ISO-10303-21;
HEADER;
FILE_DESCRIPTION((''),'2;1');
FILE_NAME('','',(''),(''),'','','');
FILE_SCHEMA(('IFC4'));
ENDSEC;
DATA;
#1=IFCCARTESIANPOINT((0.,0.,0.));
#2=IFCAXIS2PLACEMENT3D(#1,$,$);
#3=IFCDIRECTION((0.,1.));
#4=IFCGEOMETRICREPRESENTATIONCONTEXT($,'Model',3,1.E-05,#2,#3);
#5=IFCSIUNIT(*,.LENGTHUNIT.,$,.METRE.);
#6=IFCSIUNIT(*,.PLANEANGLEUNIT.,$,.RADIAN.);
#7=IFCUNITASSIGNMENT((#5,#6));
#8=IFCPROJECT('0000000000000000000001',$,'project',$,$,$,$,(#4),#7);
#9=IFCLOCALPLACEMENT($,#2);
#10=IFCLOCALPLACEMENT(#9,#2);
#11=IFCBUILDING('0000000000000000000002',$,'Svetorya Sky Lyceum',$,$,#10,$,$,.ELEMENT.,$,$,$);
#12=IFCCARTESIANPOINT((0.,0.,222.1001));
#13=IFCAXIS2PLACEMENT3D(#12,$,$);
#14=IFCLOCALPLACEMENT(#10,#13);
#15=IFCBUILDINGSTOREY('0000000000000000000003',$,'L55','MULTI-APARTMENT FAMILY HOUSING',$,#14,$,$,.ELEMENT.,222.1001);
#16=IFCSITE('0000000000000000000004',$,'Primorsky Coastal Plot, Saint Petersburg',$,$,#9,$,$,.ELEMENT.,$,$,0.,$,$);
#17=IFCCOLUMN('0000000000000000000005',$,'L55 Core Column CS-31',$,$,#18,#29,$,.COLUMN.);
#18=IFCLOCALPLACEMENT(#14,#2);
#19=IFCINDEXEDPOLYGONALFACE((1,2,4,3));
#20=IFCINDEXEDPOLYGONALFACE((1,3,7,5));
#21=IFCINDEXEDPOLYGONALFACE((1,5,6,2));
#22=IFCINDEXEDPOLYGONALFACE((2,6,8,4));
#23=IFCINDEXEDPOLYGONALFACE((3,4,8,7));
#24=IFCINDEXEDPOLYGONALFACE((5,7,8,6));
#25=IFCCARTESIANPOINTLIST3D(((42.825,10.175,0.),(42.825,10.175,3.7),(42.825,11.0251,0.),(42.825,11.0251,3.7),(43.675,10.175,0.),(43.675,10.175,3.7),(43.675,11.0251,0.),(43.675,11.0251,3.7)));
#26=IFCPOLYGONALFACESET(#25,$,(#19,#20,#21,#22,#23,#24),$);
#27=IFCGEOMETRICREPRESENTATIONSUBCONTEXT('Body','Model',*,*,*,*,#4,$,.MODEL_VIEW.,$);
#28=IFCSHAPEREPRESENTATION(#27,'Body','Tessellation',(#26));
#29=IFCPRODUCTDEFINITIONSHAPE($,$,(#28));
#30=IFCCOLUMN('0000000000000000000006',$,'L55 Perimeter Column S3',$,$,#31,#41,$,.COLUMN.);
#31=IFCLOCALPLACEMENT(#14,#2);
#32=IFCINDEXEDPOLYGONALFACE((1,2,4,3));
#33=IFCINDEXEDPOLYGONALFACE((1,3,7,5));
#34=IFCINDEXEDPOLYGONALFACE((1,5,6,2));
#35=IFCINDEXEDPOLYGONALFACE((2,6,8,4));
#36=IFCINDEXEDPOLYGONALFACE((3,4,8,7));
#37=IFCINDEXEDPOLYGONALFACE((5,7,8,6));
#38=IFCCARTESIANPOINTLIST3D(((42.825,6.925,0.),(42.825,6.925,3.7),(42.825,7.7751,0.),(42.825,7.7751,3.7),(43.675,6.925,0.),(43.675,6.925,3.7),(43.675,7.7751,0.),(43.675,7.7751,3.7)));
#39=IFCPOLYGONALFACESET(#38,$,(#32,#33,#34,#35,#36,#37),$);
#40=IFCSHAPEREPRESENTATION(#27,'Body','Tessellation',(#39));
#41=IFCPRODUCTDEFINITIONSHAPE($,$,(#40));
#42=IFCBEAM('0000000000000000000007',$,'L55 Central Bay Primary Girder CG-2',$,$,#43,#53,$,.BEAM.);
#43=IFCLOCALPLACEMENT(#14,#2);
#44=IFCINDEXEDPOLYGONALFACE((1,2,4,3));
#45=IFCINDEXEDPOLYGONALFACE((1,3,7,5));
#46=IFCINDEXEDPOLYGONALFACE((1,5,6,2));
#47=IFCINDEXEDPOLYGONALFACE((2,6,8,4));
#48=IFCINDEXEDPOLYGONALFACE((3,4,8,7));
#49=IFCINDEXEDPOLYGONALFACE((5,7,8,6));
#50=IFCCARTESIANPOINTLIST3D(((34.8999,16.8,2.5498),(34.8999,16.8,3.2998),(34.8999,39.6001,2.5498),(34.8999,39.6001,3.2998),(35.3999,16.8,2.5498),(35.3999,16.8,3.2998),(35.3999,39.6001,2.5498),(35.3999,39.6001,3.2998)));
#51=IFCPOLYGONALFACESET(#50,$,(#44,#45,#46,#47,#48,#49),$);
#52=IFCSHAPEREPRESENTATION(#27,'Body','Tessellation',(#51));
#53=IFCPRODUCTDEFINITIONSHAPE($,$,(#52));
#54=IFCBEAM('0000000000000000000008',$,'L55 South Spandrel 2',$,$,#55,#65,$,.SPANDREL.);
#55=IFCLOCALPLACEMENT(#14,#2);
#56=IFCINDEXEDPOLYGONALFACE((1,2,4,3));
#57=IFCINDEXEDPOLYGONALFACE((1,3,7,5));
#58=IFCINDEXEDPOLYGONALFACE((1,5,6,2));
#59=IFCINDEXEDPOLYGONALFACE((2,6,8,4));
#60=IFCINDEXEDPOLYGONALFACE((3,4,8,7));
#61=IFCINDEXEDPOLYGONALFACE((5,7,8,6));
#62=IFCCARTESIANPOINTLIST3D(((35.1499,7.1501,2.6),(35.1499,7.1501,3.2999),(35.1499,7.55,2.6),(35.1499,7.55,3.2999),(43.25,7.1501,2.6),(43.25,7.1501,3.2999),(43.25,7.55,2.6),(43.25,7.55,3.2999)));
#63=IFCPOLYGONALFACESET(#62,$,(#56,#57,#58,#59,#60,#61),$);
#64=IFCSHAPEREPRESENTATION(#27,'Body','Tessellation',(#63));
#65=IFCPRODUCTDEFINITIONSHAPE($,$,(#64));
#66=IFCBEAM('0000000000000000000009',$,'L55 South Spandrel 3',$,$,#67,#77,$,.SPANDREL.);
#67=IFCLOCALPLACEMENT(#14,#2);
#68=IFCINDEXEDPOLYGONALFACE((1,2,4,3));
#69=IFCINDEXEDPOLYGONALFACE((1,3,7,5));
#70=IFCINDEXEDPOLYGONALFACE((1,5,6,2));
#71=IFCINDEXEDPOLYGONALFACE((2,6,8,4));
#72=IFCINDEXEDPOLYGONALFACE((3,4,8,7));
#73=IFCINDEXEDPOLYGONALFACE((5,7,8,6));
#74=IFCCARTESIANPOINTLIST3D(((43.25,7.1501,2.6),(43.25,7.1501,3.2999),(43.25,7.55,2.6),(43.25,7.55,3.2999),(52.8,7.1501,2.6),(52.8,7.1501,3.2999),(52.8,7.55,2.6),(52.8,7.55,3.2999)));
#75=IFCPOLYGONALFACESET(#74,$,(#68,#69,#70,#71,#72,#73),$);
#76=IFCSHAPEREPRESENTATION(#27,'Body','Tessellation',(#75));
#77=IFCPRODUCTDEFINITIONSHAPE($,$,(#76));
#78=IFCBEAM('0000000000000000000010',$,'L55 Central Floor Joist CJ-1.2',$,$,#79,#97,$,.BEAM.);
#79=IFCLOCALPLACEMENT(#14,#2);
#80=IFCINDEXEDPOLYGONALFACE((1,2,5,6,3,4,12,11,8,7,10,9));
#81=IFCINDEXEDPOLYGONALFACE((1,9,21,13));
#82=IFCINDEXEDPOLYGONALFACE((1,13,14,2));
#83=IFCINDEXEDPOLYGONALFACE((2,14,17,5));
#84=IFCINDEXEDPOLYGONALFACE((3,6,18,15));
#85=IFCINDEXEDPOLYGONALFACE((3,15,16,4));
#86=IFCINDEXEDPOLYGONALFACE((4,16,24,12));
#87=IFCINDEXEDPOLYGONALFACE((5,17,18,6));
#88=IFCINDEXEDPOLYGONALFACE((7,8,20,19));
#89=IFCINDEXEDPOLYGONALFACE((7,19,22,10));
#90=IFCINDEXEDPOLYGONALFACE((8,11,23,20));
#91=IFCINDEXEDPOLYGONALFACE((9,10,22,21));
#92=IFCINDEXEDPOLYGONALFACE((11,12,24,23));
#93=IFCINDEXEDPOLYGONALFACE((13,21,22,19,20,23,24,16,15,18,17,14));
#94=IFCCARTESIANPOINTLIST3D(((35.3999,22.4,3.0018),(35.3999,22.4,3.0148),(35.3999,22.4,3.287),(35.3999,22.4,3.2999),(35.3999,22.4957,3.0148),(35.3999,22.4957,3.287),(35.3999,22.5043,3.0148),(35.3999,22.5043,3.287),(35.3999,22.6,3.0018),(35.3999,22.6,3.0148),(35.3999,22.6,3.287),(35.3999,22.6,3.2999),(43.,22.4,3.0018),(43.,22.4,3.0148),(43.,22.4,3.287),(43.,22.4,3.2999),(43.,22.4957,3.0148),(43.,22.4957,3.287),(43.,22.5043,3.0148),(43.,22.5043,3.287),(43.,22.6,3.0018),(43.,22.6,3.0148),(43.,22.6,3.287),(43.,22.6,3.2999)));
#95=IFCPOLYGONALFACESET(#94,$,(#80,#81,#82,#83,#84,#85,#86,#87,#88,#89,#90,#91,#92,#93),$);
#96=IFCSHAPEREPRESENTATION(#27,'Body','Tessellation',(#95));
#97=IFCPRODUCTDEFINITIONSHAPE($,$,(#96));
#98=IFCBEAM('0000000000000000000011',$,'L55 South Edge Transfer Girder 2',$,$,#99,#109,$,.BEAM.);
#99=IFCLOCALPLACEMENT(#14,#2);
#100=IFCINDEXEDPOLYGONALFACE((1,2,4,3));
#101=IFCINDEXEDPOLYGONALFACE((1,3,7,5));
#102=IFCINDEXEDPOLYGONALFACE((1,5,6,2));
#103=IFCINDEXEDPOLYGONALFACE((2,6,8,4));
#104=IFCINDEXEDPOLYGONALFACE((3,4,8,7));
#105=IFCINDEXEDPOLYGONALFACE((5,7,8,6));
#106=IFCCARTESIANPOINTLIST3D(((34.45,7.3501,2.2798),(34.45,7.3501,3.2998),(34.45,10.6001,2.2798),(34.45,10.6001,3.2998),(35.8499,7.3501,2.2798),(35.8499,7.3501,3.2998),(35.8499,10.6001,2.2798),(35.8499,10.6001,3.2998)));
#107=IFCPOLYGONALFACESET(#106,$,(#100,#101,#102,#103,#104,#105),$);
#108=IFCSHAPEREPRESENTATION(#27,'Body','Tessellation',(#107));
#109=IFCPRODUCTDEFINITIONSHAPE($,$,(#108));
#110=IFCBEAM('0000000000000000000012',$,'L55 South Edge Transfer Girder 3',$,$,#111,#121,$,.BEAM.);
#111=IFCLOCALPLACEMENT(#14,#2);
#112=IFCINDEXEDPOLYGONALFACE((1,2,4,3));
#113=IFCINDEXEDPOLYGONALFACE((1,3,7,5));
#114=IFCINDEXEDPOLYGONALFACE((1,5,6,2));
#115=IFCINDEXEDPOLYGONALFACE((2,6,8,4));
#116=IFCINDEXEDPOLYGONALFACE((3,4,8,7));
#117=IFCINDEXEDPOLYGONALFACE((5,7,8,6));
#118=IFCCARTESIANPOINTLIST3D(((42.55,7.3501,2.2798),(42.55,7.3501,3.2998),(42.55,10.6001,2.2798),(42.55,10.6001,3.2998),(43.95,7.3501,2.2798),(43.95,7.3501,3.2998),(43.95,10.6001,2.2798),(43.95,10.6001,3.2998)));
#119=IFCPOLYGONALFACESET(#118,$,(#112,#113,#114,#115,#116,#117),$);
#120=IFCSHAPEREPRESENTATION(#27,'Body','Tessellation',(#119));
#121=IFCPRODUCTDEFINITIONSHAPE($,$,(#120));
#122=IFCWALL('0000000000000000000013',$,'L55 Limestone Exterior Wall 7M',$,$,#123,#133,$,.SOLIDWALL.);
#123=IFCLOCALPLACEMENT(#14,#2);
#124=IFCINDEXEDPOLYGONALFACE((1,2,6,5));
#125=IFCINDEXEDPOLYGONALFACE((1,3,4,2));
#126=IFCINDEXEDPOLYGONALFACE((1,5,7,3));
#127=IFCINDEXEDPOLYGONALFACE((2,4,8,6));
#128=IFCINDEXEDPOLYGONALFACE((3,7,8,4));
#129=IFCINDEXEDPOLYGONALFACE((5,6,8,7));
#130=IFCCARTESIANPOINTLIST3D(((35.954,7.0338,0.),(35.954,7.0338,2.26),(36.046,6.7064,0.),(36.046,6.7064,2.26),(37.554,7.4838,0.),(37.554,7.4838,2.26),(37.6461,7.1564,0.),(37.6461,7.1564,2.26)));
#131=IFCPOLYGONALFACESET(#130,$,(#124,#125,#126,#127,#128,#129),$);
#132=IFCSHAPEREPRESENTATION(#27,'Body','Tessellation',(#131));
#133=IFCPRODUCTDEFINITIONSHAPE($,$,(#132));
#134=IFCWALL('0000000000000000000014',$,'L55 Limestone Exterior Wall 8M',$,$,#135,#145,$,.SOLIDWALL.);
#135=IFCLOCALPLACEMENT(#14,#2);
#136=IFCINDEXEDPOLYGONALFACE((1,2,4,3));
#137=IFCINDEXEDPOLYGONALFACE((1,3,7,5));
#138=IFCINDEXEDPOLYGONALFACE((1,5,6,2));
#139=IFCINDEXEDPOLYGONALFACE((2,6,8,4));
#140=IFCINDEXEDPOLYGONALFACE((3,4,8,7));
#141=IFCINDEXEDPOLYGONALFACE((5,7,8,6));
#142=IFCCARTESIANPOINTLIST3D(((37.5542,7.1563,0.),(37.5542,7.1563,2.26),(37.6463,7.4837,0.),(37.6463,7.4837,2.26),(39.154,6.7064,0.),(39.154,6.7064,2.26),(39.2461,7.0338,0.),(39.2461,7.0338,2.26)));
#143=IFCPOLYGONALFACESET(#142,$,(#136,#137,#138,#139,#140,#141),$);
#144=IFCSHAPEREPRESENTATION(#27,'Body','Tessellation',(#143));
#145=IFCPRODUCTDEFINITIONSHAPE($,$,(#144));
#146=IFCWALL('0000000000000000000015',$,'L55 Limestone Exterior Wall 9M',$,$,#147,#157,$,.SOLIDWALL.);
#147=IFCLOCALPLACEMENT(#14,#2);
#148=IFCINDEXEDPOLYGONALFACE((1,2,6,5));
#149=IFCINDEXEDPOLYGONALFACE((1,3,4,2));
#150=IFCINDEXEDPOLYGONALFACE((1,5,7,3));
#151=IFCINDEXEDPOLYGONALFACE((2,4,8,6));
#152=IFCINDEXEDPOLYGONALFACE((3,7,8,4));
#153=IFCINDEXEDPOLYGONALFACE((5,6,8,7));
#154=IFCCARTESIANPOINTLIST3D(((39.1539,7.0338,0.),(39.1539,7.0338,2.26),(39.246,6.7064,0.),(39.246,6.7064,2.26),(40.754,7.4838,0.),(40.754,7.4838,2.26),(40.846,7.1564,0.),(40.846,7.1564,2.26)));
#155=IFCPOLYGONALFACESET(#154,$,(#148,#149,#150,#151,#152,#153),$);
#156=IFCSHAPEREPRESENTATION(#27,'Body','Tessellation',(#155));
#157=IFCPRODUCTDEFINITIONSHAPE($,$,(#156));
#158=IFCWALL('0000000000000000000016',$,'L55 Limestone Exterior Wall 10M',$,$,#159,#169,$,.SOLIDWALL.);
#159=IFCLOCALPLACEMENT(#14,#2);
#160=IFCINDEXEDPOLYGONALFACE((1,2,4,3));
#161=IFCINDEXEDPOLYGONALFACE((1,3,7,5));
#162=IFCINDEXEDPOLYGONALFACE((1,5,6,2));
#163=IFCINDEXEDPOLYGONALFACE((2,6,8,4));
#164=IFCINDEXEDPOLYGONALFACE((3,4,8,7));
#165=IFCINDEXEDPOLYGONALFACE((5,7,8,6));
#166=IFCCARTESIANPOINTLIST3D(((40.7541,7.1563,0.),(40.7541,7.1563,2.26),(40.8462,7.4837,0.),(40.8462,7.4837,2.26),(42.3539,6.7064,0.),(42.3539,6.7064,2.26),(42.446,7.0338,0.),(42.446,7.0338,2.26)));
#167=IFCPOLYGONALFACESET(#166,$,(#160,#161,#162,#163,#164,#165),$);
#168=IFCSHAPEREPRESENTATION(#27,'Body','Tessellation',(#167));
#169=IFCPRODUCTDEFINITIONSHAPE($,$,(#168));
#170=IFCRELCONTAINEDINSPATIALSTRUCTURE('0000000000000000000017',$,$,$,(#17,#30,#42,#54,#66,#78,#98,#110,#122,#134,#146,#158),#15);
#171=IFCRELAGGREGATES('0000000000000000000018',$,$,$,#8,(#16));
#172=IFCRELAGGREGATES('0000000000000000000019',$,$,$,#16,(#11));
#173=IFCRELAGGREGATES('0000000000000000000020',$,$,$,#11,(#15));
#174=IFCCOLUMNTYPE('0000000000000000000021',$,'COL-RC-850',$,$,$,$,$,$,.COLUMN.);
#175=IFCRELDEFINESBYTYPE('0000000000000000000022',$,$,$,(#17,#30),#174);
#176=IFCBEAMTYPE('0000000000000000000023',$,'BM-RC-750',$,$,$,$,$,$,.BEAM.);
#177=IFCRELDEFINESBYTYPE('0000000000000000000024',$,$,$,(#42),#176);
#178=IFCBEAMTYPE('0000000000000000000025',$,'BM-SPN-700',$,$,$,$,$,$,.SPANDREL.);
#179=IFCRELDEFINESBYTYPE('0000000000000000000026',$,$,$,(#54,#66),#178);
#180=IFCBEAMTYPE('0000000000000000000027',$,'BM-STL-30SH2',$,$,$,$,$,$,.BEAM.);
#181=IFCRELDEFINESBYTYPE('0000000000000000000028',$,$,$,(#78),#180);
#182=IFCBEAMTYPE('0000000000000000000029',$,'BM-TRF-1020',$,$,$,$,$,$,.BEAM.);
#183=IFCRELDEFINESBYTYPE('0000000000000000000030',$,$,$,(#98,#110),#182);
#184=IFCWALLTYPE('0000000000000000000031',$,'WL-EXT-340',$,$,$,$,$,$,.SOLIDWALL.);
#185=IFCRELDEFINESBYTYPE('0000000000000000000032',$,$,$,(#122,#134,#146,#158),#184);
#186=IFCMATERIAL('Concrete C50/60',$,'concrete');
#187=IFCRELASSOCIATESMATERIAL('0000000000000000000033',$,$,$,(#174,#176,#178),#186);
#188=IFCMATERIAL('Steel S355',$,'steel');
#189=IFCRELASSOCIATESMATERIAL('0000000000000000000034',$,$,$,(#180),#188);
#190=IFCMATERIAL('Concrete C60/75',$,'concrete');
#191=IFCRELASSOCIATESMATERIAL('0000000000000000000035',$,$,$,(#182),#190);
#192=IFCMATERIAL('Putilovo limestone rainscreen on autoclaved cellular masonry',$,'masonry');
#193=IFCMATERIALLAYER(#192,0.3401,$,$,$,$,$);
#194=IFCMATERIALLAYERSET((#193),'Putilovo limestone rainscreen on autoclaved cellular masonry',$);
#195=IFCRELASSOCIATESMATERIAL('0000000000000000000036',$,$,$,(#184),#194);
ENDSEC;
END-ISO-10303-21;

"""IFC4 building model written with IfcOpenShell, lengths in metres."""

from ifc_helpers import new_model, si_unit, direction, frame, frame_2d, origin, origin_2d, place, context, subcontext, project, spatial, rectangle, i_section, extrude, material, layer, layer_set, material_profile, profile_set, type_object, element, save


model = new_model("IFC4")

# Units and contexts
model_context = context("Model", 3, precision=1e-05, world=origin(), true_north=direction((0.0, 1.0)))
body_context = subcontext(model_context, "Body", "Model", "MODEL_VIEW")
ifc_project = project(units=[si_unit("LENGTHUNIT", "METRE"), si_unit("PLANEANGLEUNIT", "RADIAN")], contexts=[model_context])

# Site, building, storey
site_placement = place(None, origin())
site = spatial("IfcSite", under=ifc_project, at=site_placement, Name="Primorsky Coastal Plot, Saint Petersburg", CompositionType="ELEMENT", RefElevation=0.0)
building_placement = place(site_placement, origin())
building = spatial("IfcBuilding", under=site, at=building_placement, Name="Svetorya Sky Lyceum", CompositionType="ELEMENT")
storey_placement = place(building_placement, frame((0.0, 0.0, 222.1001)))
storey = spatial("IfcBuildingStorey", under=building, at=storey_placement, Name="L55", Description="MULTI-APARTMENT FAMILY HOUSING", CompositionType="ELEMENT", Elevation=222.1001)

# Columns
ifc_material_1 = material(Name="Concrete C50/60", Category="concrete")
ifc_material_profile_1 = material_profile(ifc_material_1, rectangle(XDim=0.8501, YDim=0.8501, at=origin_2d()), Name="RC COL 850x850")
ifc_profile_set_1 = profile_set([ifc_material_profile_1], Name="Concrete C50/60")
column_type = type_object("IfcColumnType", Name="COL-RC-850", PredefinedType="COLUMN", material=ifc_profile_set_1)
for number, where, z_axis, x_axis, name in (
    (1, (43.25, 10.6001, 0.0), (0.0, 0.0, 1.0), (1.0, 0.0, 0.0), "L55 Core Column CS-31"),
    (2, (43.25, 7.3501, 0.0), (0.0, 0.0, 1.0), (1.0, 0.0, 0.0), "L55 Perimeter Column S3"),
):
    element("IfcColumn", number, at=place(storey_placement, frame(where, z_axis=z_axis, x_axis=x_axis)), inside=storey, type_object=column_type, Name=name, PredefinedType="COLUMN", context=body_context, shape_type="SweptSolid", body=[
        extrude(rectangle(XDim=0.8501, YDim=0.8501, at=origin_2d()), origin(), (0.0, 0.0, 1.0), 3.7),
    ])

# Beams
ifc_material_profile_2 = material_profile(ifc_material_1, rectangle(XDim=0.5, YDim=0.75, at=origin_2d()), Name="RC BEAM 500x750")
ifc_profile_set_2 = profile_set([ifc_material_profile_2], Name="Concrete C50/60")
beam_type_1 = type_object("IfcBeamType", Name="BM-RC-750", PredefinedType="BEAM", material=ifc_profile_set_2)
beam_1_placement = place(storey_placement, frame((35.1499, 16.8, 2.9248), z_axis=(0.0, 1.0, 0.0), x_axis=(-1.0, 0.0, 0.0)))
element("IfcBeam", 3, at=beam_1_placement, inside=storey, type_object=beam_type_1, Name="L55 Central Bay Primary Girder CG-2", PredefinedType="BEAM", context=body_context, shape_type="SweptSolid", body=[
    extrude(rectangle(XDim=0.5, YDim=0.75, at=origin_2d()), origin(), (0.0, 0.0, 1.0), 22.8),
])
ifc_material_profile_3 = material_profile(ifc_material_1, rectangle(XDim=0.3999, YDim=0.7, at=origin_2d()), Name="RC SPANDREL 400x700")
ifc_profile_set_3 = profile_set([ifc_material_profile_3], Name="Concrete C50/60")
beam_type_2 = type_object("IfcBeamType", Name="BM-SPN-700", PredefinedType="SPANDREL", material=ifc_profile_set_3)
beam_2_placement = place(storey_placement, frame((35.1499, 7.3501, 2.95), z_axis=(1.0, 0.0, 0.0), x_axis=(0.0, 1.0, 0.0)))
element("IfcBeam", 4, at=beam_2_placement, inside=storey, type_object=beam_type_2, Name="L55 South Spandrel 2", PredefinedType="SPANDREL", context=body_context, shape_type="SweptSolid", body=[
    extrude(rectangle(XDim=0.3999, YDim=0.7, at=origin_2d()), origin(), (0.0, 0.0, 1.0), 8.1001),
])
beam_3_placement = place(storey_placement, frame((43.25, 7.3501, 2.95), z_axis=(1.0, 0.0, 0.0), x_axis=(0.0, 1.0, 0.0)))
element("IfcBeam", 5, at=beam_3_placement, inside=storey, type_object=beam_type_2, Name="L55 South Spandrel 3", PredefinedType="SPANDREL", context=body_context, shape_type="SweptSolid", body=[
    extrude(rectangle(XDim=0.3999, YDim=0.7, at=origin_2d()), origin(), (0.0, 0.0, 1.0), 9.55),
])
ifc_material_2 = material(Name="Steel S355", Category="steel")
ifc_material_profile_4 = material_profile(ifc_material_2, i_section(OverallWidth=0.2, OverallDepth=0.2981, WebThickness=0.0085, FlangeThickness=0.0129, at=origin_2d()), Name="GOST 30Sh2")
ifc_profile_set_4 = profile_set([ifc_material_profile_4], Name="Steel S355")
beam_type_3 = type_object("IfcBeamType", Name="BM-STL-30SH2", PredefinedType="BEAM", material=ifc_profile_set_4)
beam_4_placement = place(storey_placement, frame((35.3999, 22.5, 3.1509), z_axis=(1.0, 0.0, 0.0), x_axis=(0.0, 1.0, 0.0)))
element("IfcBeam", 6, at=beam_4_placement, inside=storey, type_object=beam_type_3, Name="L55 Central Floor Joist CJ-1.2", PredefinedType="BEAM", context=body_context, shape_type="SweptSolid", body=[
    extrude(i_section(OverallWidth=0.2, OverallDepth=0.2981, WebThickness=0.0085, FlangeThickness=0.0129, at=origin_2d()), origin(), (0.0, 0.0, 1.0), 7.6001),
])
ifc_material_3 = material(Name="Concrete C60/75", Category="concrete")
ifc_material_profile_5 = material_profile(ifc_material_3, rectangle(XDim=1.3999, YDim=1.02, at=origin_2d()), Name="RC TRANSFER 1400x1020")
ifc_profile_set_5 = profile_set([ifc_material_profile_5], Name="Concrete C60/75")
beam_type_4 = type_object("IfcBeamType", Name="BM-TRF-1020", PredefinedType="BEAM", material=ifc_profile_set_5)
for number, where, z_axis, x_axis, name in (
    (7, (35.1499, 7.3501, 2.7898), (0.0, 1.0, 0.0), (-1.0, 0.0, 0.0), "L55 South Edge Transfer Girder 2"),
    (8, (43.25, 7.3501, 2.7898), (0.0, 1.0, 0.0), (-1.0, 0.0, 0.0), "L55 South Edge Transfer Girder 3"),
):
    element("IfcBeam", number, at=place(storey_placement, frame(where, z_axis=z_axis, x_axis=x_axis)), inside=storey, type_object=beam_type_4, Name=name, PredefinedType="BEAM", context=body_context, shape_type="SweptSolid", body=[
        extrude(rectangle(XDim=1.3999, YDim=1.02, at=origin_2d()), origin(), (0.0, 0.0, 1.0), 3.25),
    ])

# Walls
ifc_material_4 = material(Name="Putilovo limestone rainscreen on autoclaved cellular masonry", Category="masonry")
ifc_layer_1 = layer(ifc_material_4, 0.3401)
ifc_layer_set_1 = layer_set([ifc_layer_1], Name="Putilovo limestone rainscreen on autoclaved cellular masonry")
wall_type_1 = type_object("IfcWallType", Name="WL-EXT-340", PredefinedType="SOLIDWALL", material=ifc_layer_set_1)
wall_1_placement = place(storey_placement, frame((36.0, 6.8701, 0.0), z_axis=(0.0, 0.0, 1.0), x_axis=(0.962663, 0.270703, 0.0)))
element("IfcWall", 9, at=wall_1_placement, inside=storey, type_object=wall_type_1, Name="L55 Limestone Exterior Wall 7M", PredefinedType="SOLIDWALL", context=body_context, shape_type="SweptSolid", body=[
    extrude(rectangle(XDim=1.6621, YDim=0.3401, at=frame_2d((0.8311, 0.0))), origin(), (0.0, 0.0, 1.0), 2.26),
])
wall_2_placement = place(storey_placement, frame((37.6001, 7.3201, 0.0), z_axis=(0.0, 0.0, 1.0), x_axis=(0.962652, -0.270741, 0.0)))
element("IfcWall", 10, at=wall_2_placement, inside=storey, type_object=wall_type_1, Name="L55 Limestone Exterior Wall 8M", PredefinedType="SOLIDWALL", context=body_context, shape_type="SweptSolid", body=[
    extrude(rectangle(XDim=1.6619, YDim=0.3401, at=frame_2d((0.8311, 0.0))), origin(), (0.0, 0.0, 1.0), 2.26),
])
wall_3_placement = place(storey_placement, frame((39.2, 6.8701, 0.0), z_axis=(0.0, 0.0, 1.0), x_axis=(0.962663, 0.270703, 0.0)))
element("IfcWall", 11, at=wall_3_placement, inside=storey, type_object=wall_type_1, Name="L55 Limestone Exterior Wall 9M", PredefinedType="SOLIDWALL", context=body_context, shape_type="SweptSolid", body=[
    extrude(rectangle(XDim=1.6621, YDim=0.3401, at=frame_2d((0.8311, 0.0))), origin(), (0.0, 0.0, 1.0), 2.26),
])
wall_4_placement = place(storey_placement, frame((40.8, 7.3201, 0.0), z_axis=(0.0, 0.0, 1.0), x_axis=(0.962652, -0.270741, 0.0)))
element("IfcWall", 12, at=wall_4_placement, inside=storey, type_object=wall_type_1, Name="L55 Limestone Exterior Wall 10M", PredefinedType="SOLIDWALL", context=body_context, shape_type="SweptSolid", body=[
    extrude(rectangle(XDim=1.6619, YDim=0.3401, at=frame_2d((0.8311, 0.0))), origin(), (0.0, 0.0, 1.0), 2.26),
])

save(model, "model.ifc")
